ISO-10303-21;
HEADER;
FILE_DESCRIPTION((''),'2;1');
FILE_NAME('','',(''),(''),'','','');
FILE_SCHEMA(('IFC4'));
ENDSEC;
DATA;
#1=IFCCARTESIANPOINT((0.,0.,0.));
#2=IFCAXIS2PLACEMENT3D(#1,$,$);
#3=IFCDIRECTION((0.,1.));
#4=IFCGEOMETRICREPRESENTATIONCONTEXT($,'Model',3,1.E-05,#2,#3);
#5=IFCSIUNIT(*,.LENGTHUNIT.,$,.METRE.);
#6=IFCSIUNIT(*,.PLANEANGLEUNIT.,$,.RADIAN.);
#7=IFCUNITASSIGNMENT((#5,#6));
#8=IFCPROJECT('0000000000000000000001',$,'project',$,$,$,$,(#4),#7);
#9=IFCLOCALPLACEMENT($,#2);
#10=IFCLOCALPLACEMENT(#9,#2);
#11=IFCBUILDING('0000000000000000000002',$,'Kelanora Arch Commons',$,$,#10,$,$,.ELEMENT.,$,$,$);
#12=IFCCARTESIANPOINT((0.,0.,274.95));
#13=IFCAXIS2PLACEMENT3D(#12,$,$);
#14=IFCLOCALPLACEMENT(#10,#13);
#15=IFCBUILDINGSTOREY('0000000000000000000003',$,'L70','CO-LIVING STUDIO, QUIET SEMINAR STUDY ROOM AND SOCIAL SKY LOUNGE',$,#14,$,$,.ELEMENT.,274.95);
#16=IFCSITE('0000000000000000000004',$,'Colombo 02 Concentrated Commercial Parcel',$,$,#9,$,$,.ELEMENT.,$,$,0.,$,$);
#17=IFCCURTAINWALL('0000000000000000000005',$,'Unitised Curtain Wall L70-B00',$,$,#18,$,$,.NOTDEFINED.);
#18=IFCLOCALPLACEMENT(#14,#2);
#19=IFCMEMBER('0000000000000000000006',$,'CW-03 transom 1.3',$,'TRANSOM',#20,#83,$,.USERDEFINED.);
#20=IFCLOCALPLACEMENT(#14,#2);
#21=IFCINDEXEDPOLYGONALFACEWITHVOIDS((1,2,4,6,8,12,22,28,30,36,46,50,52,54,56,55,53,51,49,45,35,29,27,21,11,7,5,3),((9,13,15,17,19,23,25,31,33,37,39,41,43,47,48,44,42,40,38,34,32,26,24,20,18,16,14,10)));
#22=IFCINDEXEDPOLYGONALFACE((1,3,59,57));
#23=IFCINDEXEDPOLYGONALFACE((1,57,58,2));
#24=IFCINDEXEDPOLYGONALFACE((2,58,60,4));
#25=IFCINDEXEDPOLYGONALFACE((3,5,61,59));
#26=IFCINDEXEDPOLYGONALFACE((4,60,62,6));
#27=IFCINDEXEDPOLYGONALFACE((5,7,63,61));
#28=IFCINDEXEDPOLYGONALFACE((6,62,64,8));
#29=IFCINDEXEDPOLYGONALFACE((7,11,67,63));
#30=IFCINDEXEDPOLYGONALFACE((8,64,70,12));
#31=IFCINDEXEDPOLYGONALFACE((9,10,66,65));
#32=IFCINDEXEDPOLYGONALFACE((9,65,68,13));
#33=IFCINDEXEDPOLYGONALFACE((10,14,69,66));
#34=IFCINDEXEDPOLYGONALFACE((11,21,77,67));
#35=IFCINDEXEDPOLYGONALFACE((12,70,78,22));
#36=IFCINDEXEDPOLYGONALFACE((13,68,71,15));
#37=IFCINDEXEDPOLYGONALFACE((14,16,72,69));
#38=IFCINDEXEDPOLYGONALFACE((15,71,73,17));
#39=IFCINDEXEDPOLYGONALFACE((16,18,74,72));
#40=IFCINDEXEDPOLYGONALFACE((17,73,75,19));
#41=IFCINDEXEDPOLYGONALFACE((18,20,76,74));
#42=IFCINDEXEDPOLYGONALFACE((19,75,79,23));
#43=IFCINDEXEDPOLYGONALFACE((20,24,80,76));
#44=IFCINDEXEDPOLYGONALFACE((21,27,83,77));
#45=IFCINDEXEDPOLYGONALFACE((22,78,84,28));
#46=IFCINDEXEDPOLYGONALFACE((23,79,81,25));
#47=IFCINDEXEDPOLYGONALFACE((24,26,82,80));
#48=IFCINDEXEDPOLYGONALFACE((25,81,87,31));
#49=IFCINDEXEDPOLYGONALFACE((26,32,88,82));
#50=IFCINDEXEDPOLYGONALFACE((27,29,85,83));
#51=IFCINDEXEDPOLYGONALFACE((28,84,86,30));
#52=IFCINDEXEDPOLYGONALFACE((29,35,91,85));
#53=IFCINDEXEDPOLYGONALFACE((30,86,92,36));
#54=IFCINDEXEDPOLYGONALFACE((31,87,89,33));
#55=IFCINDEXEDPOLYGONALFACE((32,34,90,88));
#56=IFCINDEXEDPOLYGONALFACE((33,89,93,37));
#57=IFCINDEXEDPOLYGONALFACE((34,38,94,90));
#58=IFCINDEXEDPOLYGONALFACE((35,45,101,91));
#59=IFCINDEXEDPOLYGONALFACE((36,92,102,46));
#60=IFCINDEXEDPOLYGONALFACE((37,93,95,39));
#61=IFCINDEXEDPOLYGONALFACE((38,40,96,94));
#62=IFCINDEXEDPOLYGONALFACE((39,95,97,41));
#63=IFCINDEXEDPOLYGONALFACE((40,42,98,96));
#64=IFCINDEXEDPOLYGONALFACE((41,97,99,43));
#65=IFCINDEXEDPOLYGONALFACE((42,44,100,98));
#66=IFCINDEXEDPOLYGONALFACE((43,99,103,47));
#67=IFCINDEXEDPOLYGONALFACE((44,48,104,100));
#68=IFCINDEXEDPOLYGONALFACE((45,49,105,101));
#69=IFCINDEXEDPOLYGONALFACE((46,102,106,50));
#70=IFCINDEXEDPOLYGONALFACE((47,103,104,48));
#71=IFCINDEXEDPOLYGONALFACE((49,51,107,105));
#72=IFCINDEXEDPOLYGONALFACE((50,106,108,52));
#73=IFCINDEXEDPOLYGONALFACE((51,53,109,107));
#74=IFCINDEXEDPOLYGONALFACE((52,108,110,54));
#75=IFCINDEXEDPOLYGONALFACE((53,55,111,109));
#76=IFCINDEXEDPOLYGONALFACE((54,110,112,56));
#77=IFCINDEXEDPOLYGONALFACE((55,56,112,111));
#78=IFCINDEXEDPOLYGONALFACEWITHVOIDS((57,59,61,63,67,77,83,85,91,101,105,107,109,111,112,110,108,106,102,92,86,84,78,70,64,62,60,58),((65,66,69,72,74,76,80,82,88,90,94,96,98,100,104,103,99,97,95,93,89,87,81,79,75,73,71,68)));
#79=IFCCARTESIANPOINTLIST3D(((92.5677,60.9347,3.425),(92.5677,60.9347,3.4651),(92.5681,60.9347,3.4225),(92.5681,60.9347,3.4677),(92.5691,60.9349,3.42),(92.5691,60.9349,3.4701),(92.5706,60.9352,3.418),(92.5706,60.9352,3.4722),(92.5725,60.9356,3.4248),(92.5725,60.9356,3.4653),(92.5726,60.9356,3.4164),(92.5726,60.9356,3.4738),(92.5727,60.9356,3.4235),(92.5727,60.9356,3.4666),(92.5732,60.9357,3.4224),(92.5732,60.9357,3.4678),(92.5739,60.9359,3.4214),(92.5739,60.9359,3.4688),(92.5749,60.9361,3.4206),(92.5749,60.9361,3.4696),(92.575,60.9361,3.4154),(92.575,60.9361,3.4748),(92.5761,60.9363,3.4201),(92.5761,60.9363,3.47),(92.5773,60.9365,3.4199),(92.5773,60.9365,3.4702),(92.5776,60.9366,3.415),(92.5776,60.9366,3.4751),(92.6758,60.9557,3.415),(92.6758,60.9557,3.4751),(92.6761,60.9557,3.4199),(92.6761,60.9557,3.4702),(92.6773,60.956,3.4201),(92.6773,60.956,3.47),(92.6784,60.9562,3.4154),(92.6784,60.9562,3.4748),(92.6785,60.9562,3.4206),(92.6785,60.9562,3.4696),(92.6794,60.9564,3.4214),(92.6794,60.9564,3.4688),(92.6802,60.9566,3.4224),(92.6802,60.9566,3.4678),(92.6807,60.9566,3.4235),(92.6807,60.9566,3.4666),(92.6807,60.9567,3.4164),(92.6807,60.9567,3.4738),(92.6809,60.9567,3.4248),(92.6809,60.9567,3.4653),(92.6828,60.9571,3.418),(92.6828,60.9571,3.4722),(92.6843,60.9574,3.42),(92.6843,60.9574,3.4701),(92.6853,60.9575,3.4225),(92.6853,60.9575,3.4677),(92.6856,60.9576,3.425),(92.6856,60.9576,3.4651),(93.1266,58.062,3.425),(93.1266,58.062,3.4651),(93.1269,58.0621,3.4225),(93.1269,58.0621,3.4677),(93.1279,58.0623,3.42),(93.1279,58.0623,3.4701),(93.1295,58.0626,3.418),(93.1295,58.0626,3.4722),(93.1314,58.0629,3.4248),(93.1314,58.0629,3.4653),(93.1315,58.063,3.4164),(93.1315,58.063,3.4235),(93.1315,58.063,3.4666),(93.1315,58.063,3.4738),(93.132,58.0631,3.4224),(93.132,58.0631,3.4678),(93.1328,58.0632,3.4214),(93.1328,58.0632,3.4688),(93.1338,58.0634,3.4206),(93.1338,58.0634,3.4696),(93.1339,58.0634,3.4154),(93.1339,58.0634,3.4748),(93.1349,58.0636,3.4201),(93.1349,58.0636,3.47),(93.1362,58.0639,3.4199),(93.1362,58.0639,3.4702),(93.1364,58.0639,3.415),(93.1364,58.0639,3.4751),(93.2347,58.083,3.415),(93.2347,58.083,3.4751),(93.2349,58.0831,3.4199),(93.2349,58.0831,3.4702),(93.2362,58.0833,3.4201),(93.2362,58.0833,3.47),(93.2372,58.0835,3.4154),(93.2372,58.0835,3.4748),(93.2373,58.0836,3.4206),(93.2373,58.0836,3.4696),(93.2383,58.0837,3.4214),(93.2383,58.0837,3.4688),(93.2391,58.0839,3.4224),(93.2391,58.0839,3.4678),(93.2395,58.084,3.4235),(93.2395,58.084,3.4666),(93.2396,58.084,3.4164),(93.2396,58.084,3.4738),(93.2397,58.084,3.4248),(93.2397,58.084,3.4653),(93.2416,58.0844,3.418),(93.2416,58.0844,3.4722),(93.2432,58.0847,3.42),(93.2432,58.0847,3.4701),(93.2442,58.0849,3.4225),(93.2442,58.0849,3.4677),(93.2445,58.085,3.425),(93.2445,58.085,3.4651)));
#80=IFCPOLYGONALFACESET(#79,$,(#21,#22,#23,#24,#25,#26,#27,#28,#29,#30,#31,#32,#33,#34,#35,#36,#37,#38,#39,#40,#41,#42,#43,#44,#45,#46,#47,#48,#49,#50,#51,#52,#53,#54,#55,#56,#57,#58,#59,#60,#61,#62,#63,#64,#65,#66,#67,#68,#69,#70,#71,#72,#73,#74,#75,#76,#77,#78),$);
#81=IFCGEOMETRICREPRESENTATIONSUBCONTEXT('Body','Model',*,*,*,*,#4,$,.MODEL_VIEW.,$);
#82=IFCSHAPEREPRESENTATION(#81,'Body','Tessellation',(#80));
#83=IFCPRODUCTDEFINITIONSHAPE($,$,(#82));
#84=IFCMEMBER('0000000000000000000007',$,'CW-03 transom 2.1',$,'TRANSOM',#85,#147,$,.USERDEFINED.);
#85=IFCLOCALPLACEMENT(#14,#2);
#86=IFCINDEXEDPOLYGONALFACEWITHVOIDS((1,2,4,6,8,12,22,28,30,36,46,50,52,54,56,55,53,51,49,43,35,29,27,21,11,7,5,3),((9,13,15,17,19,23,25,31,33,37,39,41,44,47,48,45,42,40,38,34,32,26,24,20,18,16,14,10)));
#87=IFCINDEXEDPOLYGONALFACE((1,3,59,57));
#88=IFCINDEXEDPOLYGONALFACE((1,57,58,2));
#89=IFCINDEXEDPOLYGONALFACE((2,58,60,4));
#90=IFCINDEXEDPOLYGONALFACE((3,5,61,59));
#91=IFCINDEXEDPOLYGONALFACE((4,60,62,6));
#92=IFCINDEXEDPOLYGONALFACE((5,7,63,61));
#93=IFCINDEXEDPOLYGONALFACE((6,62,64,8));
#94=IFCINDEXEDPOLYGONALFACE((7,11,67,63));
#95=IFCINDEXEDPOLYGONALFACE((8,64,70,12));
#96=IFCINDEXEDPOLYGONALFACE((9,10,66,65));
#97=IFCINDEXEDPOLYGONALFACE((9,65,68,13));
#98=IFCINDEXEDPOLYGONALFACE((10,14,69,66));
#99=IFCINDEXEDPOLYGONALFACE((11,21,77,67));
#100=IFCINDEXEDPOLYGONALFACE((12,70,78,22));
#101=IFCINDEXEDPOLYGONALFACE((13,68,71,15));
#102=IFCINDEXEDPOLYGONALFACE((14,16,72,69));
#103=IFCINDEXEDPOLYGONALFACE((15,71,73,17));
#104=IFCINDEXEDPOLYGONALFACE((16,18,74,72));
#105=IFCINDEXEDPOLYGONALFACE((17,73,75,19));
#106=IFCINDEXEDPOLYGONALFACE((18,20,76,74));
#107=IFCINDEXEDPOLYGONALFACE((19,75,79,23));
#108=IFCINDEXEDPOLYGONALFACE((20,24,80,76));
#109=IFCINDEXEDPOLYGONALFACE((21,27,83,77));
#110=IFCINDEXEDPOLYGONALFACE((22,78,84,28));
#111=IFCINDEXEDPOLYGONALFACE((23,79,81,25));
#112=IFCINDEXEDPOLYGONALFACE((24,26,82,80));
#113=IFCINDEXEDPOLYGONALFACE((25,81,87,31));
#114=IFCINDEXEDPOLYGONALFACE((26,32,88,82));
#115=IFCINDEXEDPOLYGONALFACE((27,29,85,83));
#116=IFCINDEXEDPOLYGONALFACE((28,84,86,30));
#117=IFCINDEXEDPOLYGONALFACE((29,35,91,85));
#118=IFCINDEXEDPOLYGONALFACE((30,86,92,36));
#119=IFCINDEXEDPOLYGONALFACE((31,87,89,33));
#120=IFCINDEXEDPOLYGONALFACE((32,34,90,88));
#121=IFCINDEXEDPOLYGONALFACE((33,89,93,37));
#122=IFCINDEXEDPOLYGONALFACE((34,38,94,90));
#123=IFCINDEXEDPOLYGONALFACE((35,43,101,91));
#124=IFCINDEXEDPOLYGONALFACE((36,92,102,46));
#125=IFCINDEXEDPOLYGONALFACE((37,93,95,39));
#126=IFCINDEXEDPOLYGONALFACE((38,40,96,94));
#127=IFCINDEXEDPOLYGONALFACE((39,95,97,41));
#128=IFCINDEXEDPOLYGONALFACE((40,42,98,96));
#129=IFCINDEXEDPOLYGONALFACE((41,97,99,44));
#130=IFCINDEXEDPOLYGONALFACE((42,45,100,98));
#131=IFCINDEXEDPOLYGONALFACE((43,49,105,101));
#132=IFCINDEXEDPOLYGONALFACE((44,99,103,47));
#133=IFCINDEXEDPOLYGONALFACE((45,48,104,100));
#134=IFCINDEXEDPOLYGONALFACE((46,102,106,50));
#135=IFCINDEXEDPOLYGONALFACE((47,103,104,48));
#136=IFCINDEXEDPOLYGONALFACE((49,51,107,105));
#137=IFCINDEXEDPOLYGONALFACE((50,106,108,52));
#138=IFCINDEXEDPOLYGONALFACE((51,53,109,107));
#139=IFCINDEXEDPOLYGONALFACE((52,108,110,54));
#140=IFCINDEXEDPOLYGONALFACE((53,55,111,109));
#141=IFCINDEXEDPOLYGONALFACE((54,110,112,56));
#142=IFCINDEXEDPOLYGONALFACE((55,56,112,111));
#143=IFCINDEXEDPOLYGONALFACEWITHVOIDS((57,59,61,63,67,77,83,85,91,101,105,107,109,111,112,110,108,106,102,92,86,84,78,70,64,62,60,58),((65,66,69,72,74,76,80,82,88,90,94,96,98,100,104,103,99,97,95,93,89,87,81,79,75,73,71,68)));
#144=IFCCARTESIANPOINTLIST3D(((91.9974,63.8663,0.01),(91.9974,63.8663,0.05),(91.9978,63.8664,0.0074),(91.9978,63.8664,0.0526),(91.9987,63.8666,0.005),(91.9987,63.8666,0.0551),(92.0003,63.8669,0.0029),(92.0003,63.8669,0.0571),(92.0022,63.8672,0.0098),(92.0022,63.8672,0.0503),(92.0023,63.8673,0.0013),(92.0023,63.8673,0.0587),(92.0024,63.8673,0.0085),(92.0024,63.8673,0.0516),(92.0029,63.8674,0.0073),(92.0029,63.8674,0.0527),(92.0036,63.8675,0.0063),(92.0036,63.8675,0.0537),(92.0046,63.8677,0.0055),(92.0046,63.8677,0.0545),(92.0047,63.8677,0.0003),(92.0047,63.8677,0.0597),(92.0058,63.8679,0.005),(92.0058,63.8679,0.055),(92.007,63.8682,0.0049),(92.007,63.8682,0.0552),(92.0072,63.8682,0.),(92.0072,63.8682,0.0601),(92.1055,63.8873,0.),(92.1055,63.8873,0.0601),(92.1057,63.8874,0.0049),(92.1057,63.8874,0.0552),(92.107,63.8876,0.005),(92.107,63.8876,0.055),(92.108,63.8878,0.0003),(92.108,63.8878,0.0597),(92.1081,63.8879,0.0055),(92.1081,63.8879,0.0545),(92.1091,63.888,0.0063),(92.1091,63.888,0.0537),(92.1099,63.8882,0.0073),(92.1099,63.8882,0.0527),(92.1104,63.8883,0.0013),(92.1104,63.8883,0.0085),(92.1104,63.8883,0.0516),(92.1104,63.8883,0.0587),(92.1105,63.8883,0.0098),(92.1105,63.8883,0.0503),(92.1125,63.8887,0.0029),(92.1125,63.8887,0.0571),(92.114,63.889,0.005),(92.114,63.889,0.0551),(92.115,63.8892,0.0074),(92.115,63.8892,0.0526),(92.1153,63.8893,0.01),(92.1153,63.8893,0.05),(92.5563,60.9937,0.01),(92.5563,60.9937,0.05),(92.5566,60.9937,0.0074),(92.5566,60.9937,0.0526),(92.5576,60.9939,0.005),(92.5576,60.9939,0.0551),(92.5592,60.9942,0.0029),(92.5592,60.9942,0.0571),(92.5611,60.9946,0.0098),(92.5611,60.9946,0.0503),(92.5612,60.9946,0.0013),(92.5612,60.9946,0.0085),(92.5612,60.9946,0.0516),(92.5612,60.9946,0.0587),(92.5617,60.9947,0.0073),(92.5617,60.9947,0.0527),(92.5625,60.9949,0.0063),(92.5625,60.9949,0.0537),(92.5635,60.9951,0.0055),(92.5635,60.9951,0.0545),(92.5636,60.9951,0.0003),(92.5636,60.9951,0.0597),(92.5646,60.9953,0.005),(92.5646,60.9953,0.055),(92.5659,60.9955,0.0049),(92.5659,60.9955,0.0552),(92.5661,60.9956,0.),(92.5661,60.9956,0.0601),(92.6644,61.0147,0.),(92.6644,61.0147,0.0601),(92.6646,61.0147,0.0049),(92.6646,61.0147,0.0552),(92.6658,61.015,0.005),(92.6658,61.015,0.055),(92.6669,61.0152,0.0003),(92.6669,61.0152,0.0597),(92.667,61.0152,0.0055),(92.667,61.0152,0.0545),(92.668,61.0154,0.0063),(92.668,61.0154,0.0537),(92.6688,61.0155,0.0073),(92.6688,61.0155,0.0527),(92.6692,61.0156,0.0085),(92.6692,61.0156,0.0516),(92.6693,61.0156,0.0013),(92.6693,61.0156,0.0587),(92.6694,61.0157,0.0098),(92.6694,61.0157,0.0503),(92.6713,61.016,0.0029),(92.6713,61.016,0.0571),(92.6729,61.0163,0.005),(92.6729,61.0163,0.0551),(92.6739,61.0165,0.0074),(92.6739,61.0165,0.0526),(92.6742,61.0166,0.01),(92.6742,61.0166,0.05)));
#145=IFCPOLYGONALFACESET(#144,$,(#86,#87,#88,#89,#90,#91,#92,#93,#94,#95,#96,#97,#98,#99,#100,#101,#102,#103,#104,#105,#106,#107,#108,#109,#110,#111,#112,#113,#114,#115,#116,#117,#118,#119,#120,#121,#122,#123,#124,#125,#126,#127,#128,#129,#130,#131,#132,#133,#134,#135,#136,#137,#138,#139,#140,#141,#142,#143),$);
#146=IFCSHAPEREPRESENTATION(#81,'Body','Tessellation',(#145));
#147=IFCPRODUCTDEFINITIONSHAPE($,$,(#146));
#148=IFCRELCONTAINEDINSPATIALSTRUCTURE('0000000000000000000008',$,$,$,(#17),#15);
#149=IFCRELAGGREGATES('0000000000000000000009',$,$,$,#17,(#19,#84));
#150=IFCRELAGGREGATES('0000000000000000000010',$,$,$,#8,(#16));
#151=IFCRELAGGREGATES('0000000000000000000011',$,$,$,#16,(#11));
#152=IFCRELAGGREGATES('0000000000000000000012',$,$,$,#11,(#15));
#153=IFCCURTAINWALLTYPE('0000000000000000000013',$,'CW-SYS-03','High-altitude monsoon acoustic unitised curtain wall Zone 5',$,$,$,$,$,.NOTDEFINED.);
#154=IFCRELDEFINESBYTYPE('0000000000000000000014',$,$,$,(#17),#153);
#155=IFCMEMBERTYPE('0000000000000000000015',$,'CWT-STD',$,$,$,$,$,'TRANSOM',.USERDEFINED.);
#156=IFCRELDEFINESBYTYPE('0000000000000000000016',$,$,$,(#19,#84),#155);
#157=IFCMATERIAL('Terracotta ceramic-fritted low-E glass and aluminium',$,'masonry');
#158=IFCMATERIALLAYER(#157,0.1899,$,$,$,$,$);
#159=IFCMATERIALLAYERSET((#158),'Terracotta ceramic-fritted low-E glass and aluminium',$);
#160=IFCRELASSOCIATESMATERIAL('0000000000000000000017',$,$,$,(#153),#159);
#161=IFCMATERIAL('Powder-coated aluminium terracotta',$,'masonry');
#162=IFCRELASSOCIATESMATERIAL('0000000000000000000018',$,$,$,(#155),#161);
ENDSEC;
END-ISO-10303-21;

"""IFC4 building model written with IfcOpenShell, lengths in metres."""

from ifc_helpers import new_model, si_unit, direction, frame, origin, origin_2d, place, context, subcontext, project, spatial, hollow_rectangle, extrude, material, layer, layer_set, material_profile, profile_set, type_object, element, aggregate, save


model = new_model("IFC4")

# Units and contexts
model_context = context("Model", 3, precision=1e-05, world=origin(), true_north=direction((0.0, 1.0)))
body_context = subcontext(model_context, "Body", "Model", "MODEL_VIEW")
ifc_project = project(units=[si_unit("LENGTHUNIT", "METRE"), si_unit("PLANEANGLEUNIT", "RADIAN")], contexts=[model_context])

# Site, building, storey
site_placement = place(None, origin())
site = spatial("IfcSite", under=ifc_project, at=site_placement, Name="Colombo 02 Concentrated Commercial Parcel", CompositionType="ELEMENT", RefElevation=0.0)
building_placement = place(site_placement, origin())
building = spatial("IfcBuilding", under=site, at=building_placement, Name="Kelanora Arch Commons", CompositionType="ELEMENT")
storey_placement = place(building_placement, frame((0.0, 0.0, 274.95)))
storey = spatial("IfcBuildingStorey", under=building, at=storey_placement, Name="L70", Description="CO-LIVING STUDIO, QUIET SEMINAR STUDY ROOM AND SOCIAL SKY LOUNGE", CompositionType="ELEMENT", Elevation=274.95)

# Curtain wall, members
ifc_material_1 = material(Name="Terracotta ceramic-fritted low-E glass and aluminium", Category="masonry")
ifc_layer_1 = layer(ifc_material_1, 0.1899)
ifc_layer_set_1 = layer_set([ifc_layer_1], Name="Terracotta ceramic-fritted low-E glass and aluminium")
curtain_wall_type = type_object("IfcCurtainWallType", Name="CW-SYS-03", Description="High-altitude monsoon acoustic unitised curtain wall Zone 5", PredefinedType="NOTDEFINED", material=ifc_layer_set_1)
curtain_wall_placement = place(storey_placement, origin())
curtain_wall = element("IfcCurtainWall", 1, at=curtain_wall_placement, inside=storey, type_object=curtain_wall_type, Name="Unitised Curtain Wall L70-B00", PredefinedType="NOTDEFINED")
ifc_material_2 = material(Name="Powder-coated aluminium terracotta", Category="masonry")
ifc_material_profile_1 = material_profile(ifc_material_2, hollow_rectangle(XDim=0.1201, YDim=0.0601, WallThickness=0.0049, InnerFilletRadius=0.0049, OuterFilletRadius=0.01, at=origin_2d()), Name="CWT120x60")
ifc_profile_set_1 = profile_set([ifc_material_profile_1], Name="Powder-coated aluminium terracotta")
member_type_1 = type_object("IfcMemberType", Name="CWT-STD", ElementType="TRANSOM", PredefinedType="USERDEFINED", material=ifc_profile_set_1)
member_1_placement = place(storey_placement, frame((93.1855, 58.0735, 3.4451), z_axis=(-0.190963, 0.981597, 0.0), x_axis=(-0.981597, -0.190963, 0.0)))
member_1 = element("IfcMember", 2, at=member_1_placement, type_object=member_type_1, Name="CW-03 transom 1.3", ObjectType="TRANSOM", PredefinedType="USERDEFINED", context=body_context, shape_type="SweptSolid", body=[
    extrude(hollow_rectangle(XDim=0.1201, YDim=0.0601, WallThickness=0.0049, InnerFilletRadius=0.0049, OuterFilletRadius=0.01, at=origin_2d()), origin(), (0.0, 0.0, 1.0), 2.9265),
])
member_2_placement = place(storey_placement, frame((92.6152, 61.0051, 0.03), z_axis=(-0.190963, 0.981597, 0.0), x_axis=(-0.981597, -0.190963, 0.0)))
member_2 = element("IfcMember", 3, at=member_2_placement, type_object=member_type_1, Name="CW-03 transom 2.1", ObjectType="TRANSOM", PredefinedType="USERDEFINED", context=body_context, shape_type="SweptSolid", body=[
    extrude(hollow_rectangle(XDim=0.1201, YDim=0.0601, WallThickness=0.0049, InnerFilletRadius=0.0049, OuterFilletRadius=0.01, at=origin_2d()), origin(), (0.0, 0.0, 1.0), 2.9265),
])
aggregate(curtain_wall, [member_1, member_2])

save(model, "model.ifc")
